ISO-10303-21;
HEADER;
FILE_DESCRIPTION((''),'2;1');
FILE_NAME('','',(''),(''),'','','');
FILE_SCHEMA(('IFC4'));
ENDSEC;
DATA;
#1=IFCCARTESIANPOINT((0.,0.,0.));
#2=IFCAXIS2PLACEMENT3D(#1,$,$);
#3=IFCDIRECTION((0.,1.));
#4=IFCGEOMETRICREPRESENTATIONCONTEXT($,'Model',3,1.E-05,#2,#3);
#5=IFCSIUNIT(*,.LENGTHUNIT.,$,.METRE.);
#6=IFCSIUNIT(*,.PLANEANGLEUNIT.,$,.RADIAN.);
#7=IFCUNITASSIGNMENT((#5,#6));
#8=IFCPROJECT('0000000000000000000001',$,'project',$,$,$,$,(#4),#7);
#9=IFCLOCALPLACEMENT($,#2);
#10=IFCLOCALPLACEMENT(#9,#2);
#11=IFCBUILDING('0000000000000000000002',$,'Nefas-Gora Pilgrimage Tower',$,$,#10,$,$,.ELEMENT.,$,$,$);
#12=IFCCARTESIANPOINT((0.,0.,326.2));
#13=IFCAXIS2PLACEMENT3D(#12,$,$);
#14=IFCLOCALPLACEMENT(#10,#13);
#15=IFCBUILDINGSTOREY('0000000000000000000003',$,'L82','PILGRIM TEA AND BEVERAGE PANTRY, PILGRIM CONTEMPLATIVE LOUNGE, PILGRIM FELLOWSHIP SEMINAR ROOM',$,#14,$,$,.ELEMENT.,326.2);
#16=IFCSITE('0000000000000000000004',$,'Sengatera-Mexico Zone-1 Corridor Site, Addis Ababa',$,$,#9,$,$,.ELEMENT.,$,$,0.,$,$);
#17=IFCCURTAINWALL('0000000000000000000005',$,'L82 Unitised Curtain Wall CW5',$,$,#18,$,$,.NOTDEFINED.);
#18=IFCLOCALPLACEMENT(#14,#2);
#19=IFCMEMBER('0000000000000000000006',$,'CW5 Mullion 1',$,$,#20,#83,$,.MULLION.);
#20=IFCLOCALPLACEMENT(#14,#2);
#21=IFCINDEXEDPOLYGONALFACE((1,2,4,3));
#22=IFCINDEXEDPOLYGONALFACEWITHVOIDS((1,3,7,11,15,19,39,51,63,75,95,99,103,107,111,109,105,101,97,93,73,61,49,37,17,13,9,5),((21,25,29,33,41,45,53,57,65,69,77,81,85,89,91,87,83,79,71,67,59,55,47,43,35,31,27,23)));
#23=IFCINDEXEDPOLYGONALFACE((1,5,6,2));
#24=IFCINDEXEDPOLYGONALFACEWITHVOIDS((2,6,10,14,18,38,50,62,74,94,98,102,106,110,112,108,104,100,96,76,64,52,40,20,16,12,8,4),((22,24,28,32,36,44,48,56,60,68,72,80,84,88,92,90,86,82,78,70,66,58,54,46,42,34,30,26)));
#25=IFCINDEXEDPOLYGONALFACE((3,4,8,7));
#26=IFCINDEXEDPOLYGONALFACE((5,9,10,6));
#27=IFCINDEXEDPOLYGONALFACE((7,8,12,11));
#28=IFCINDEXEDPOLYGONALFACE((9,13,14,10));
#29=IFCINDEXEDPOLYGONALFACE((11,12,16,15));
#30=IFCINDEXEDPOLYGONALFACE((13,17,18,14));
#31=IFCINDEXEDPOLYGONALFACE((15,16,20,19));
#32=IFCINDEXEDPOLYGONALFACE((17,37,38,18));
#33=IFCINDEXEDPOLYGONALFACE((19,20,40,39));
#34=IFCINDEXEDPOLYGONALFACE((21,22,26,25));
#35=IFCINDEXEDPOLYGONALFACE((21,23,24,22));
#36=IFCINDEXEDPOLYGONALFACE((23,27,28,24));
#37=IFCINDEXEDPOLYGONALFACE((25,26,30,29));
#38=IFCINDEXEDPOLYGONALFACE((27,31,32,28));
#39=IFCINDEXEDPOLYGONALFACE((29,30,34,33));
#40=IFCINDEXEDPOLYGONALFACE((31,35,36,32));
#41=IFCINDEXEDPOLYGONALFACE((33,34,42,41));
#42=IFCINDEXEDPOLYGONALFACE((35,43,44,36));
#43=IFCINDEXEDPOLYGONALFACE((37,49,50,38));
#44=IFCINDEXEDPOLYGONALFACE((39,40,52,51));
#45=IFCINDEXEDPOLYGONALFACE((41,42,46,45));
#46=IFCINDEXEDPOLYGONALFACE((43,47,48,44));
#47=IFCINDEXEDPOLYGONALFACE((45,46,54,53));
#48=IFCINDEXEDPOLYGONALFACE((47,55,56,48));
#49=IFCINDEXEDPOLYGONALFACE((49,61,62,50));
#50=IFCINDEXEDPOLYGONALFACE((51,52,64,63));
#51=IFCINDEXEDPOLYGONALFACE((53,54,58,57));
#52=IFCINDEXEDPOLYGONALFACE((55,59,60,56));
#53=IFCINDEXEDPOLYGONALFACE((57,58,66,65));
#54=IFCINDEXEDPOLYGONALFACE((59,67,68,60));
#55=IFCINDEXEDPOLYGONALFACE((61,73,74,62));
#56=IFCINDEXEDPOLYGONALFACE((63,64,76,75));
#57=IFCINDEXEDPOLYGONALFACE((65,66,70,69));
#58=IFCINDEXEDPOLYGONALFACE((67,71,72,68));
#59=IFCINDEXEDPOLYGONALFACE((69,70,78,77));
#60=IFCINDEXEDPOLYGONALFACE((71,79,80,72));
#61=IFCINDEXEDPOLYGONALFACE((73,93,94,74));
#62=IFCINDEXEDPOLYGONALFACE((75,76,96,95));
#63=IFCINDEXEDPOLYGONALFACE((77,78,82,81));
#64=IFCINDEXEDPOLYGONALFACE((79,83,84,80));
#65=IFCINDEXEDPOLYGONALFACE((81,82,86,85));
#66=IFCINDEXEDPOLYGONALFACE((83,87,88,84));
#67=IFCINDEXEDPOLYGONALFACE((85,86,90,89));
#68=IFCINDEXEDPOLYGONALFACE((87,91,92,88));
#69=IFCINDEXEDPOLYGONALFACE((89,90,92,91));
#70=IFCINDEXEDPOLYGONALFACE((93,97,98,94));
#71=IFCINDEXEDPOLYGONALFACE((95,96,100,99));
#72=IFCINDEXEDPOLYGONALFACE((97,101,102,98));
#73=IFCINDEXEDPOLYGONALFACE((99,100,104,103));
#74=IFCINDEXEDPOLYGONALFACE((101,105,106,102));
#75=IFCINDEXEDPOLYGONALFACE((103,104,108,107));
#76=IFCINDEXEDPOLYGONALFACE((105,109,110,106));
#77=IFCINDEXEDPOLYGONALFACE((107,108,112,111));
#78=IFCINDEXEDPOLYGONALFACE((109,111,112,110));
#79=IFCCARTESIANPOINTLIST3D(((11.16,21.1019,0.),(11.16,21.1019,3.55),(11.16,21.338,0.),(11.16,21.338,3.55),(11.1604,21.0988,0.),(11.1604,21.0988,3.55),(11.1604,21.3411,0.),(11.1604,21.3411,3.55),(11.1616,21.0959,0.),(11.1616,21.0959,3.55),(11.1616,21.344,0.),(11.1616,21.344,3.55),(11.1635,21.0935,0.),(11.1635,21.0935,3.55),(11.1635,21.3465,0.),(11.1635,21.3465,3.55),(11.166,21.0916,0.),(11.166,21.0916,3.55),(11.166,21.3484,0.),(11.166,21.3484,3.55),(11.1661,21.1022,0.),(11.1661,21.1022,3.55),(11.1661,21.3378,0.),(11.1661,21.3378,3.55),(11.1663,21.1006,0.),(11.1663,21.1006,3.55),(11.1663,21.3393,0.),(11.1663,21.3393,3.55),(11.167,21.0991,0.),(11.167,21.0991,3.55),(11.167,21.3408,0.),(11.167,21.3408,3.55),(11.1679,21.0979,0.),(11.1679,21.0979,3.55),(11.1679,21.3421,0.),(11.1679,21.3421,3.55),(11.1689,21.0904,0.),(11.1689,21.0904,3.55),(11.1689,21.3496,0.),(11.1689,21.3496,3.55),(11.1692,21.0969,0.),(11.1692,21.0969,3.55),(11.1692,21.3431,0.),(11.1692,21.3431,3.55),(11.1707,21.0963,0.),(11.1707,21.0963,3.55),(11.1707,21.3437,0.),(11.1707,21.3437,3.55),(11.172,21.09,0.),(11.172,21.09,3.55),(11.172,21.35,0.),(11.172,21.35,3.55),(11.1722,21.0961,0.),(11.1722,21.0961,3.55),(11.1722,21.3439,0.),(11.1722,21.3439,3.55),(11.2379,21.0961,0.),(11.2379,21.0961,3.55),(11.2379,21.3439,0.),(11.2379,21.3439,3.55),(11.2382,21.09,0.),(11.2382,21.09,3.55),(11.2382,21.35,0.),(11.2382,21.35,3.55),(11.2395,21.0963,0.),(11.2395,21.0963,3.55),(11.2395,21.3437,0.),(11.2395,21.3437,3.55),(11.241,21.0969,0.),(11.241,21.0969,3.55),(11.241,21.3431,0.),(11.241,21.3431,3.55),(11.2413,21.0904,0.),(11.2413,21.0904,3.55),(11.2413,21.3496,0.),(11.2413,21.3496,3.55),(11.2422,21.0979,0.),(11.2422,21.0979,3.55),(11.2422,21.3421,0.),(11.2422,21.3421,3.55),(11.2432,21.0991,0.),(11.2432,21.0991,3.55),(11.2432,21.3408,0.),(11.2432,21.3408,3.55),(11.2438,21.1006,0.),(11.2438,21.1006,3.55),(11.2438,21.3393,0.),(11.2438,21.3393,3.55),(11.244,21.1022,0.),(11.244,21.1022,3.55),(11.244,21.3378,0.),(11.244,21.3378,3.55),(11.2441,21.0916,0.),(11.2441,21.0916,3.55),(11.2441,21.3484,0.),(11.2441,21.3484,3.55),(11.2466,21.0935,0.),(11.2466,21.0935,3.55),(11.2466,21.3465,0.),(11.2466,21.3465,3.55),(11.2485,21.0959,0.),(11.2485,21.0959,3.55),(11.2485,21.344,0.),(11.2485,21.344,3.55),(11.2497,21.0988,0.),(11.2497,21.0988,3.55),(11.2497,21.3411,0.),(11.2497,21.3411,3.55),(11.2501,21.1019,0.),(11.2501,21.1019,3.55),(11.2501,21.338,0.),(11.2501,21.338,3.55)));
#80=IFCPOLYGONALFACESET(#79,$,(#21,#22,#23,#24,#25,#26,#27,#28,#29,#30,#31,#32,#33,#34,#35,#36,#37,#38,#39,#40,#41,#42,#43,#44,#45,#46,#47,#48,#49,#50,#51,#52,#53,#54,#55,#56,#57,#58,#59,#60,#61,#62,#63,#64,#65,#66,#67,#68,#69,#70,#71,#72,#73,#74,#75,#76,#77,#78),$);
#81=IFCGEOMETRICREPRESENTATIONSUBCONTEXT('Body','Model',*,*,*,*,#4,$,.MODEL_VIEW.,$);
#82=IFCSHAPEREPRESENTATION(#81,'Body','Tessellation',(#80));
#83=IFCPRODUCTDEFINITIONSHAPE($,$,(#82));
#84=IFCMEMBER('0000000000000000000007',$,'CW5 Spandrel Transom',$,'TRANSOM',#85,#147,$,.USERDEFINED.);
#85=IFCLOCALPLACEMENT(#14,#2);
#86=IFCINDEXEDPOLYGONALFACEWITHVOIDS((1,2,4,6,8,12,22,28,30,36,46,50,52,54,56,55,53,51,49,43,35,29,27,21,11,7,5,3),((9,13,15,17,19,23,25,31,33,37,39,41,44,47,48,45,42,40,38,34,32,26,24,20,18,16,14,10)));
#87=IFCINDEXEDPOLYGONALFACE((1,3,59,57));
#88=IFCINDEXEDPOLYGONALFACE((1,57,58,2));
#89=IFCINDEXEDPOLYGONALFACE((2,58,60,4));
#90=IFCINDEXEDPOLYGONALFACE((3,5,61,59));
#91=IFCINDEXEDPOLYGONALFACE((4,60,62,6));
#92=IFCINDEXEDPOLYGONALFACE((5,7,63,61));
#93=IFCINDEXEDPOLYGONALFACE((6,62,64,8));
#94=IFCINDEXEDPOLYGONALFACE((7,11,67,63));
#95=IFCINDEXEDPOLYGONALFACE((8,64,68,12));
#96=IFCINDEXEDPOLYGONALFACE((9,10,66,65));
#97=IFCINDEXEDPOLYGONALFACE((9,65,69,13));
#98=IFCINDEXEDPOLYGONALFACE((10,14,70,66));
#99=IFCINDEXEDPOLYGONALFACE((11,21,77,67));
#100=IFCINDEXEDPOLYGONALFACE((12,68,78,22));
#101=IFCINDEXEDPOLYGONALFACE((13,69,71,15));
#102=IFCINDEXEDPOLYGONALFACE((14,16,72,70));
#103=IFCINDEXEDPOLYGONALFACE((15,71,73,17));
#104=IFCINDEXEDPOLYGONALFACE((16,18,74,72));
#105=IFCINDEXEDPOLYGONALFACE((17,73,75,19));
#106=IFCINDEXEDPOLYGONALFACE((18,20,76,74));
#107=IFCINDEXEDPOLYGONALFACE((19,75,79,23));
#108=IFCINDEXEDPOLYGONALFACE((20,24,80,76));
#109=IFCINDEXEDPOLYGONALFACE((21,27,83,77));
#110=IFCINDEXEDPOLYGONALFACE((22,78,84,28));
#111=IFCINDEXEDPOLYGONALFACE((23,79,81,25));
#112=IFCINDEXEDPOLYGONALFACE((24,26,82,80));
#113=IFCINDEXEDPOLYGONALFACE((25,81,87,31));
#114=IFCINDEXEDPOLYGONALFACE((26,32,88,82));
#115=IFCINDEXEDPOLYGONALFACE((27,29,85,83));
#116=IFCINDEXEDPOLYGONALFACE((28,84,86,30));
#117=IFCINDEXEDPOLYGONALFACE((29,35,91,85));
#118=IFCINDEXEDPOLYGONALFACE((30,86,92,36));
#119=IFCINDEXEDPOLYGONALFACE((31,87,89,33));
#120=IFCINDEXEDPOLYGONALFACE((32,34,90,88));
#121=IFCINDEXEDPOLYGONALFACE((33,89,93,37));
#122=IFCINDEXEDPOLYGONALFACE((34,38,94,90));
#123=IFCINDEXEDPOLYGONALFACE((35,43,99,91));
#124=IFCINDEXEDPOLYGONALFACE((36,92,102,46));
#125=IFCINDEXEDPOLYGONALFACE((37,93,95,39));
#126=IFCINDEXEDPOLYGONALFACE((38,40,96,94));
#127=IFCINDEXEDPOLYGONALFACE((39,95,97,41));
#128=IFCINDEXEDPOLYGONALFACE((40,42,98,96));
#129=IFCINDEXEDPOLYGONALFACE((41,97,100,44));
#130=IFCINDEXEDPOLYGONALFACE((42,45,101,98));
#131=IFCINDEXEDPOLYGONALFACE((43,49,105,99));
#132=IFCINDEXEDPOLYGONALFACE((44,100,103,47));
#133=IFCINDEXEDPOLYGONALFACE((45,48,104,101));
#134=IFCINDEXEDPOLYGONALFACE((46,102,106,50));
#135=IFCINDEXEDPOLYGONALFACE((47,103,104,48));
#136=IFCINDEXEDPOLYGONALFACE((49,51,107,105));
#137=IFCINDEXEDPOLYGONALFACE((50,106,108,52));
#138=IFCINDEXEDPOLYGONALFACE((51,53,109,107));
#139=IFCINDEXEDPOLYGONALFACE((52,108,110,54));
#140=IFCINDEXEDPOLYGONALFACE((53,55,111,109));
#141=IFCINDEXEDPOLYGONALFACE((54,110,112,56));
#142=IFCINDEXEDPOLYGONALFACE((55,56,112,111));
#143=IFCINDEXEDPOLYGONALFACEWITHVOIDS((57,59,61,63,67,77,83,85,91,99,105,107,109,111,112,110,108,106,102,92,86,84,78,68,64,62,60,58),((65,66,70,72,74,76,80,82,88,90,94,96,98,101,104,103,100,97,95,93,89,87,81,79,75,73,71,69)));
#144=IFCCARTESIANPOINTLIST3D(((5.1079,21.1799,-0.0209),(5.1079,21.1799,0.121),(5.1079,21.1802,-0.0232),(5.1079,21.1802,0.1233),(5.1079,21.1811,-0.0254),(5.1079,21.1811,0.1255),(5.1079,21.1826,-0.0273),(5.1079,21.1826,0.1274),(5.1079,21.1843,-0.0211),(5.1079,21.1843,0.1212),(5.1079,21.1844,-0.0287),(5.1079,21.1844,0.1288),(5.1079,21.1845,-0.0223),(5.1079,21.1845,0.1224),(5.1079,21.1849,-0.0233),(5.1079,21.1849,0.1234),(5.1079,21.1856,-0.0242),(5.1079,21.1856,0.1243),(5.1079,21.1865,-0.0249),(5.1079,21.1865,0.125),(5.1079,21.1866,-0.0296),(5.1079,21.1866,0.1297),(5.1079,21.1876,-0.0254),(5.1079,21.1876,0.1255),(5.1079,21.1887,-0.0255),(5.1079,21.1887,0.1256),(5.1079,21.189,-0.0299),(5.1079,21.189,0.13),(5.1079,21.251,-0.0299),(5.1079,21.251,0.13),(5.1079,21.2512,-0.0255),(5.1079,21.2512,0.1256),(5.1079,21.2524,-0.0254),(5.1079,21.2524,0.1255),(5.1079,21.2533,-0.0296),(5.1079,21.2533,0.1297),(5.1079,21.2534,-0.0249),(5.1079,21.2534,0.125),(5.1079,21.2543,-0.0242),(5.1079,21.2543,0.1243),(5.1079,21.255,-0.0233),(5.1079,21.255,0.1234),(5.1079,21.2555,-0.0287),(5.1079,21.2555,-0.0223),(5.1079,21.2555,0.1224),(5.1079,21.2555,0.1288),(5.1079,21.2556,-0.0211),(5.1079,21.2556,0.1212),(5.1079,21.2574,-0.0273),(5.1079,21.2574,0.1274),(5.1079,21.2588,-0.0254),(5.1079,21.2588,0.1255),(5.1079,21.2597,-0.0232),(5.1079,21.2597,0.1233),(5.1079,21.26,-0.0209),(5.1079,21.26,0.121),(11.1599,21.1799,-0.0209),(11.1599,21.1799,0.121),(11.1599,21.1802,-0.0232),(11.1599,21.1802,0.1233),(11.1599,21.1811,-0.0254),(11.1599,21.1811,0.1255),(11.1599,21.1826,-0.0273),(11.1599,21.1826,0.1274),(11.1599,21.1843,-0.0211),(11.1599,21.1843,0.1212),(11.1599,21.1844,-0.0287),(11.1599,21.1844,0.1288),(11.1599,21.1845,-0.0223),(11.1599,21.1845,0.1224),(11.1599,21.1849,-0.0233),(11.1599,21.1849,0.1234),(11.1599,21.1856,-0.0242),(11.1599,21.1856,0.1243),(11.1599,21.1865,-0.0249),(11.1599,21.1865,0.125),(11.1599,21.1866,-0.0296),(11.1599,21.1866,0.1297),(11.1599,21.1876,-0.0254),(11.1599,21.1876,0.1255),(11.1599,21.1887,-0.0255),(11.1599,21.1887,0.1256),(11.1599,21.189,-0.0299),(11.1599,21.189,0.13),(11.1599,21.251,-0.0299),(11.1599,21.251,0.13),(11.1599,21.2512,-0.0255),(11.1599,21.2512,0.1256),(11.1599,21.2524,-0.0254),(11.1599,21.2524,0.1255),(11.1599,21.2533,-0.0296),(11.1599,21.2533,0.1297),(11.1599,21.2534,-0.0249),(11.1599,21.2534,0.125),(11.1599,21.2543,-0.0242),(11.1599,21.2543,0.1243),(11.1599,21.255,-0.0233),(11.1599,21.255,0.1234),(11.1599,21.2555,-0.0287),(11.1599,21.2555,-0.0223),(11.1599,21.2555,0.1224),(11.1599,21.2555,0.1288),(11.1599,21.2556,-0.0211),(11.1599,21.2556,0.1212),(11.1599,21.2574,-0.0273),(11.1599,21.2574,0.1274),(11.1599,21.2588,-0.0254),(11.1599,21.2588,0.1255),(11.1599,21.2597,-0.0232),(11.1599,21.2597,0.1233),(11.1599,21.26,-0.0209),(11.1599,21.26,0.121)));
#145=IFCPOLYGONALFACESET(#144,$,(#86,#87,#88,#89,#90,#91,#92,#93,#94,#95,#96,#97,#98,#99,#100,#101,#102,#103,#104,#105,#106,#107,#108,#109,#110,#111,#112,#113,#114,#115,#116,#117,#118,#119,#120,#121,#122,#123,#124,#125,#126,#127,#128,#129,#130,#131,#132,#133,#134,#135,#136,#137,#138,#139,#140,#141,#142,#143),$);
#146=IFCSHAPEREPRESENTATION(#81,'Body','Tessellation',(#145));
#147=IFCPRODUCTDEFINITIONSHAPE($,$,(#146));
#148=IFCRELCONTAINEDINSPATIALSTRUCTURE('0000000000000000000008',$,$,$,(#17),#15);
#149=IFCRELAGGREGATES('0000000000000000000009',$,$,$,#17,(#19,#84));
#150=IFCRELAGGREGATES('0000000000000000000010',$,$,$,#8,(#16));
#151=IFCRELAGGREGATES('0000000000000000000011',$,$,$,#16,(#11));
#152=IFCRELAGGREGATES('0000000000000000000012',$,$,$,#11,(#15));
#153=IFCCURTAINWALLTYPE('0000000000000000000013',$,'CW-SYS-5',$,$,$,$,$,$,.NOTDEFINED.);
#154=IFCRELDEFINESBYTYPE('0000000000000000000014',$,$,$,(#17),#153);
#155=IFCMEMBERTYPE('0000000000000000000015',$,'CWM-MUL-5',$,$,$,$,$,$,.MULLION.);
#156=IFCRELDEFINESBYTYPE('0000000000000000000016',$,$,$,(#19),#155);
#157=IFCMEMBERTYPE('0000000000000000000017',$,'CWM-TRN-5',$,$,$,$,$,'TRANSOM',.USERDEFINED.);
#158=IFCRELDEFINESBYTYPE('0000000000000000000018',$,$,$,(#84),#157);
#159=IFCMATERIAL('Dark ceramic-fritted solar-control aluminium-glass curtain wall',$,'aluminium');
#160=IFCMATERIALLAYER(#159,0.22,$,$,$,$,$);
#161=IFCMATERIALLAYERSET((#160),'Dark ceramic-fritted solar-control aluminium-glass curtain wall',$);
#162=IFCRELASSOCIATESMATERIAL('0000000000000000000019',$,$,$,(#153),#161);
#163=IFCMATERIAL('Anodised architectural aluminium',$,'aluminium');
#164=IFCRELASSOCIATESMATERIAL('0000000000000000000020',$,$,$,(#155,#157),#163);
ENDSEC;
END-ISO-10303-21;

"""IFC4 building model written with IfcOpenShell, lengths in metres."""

from ifc_helpers import new_model, si_unit, direction, frame, origin, origin_2d, place, context, subcontext, project, spatial, hollow_rectangle, extrude, source, transform, mapped, material, layer, layer_set, material_profile, profile_set, type_object, element, aggregate, save


model = new_model("IFC4")

# Units and contexts
model_context = context("Model", 3, precision=1e-05, world=origin(), true_north=direction((0.0, 1.0)))
body_context = subcontext(model_context, "Body", "Model", "MODEL_VIEW")
ifc_project = project(units=[si_unit("LENGTHUNIT", "METRE"), si_unit("PLANEANGLEUNIT", "RADIAN")], contexts=[model_context])

# Site, building, storey
site_placement = place(None, origin())
site = spatial("IfcSite", under=ifc_project, at=site_placement, Name="Sengatera-Mexico Zone-1 Corridor Site, Addis Ababa", CompositionType="ELEMENT", RefElevation=0.0)
building_placement = place(site_placement, origin())
building = spatial("IfcBuilding", under=site, at=building_placement, Name="Nefas-Gora Pilgrimage Tower", CompositionType="ELEMENT")
storey_placement = place(building_placement, frame((0.0, 0.0, 326.2)))
storey = spatial("IfcBuildingStorey", under=building, at=storey_placement, Name="L82", Description="PILGRIM TEA AND BEVERAGE PANTRY, PILGRIM CONTEMPLATIVE LOUNGE, PILGRIM FELLOWSHIP SEMINAR ROOM", CompositionType="ELEMENT", Elevation=326.2)

# Curtain wall, members
ifc_material_1 = material(Name="Dark ceramic-fritted solar-control aluminium-glass curtain wall", Category="aluminium")
ifc_layer_1 = layer(ifc_material_1, 0.22)
ifc_layer_set_1 = layer_set([ifc_layer_1], Name="Dark ceramic-fritted solar-control aluminium-glass curtain wall")
curtain_wall_type_1 = type_object("IfcCurtainWallType", Name="CW-SYS-5", PredefinedType="NOTDEFINED", material=ifc_layer_set_1)
curtain_wall_1_placement = place(storey_placement, origin())
curtain_wall_1 = element("IfcCurtainWall", 1, at=curtain_wall_1_placement, inside=storey, type_object=curtain_wall_type_1, Name="L82 Unitised Curtain Wall CW5", PredefinedType="NOTDEFINED")
ifc_material_2 = material(Name="Anodised architectural aluminium", Category="aluminium")
ifc_material_profile_1 = material_profile(ifc_material_2, hollow_rectangle(XDim=0.0901, YDim=0.26, WallThickness=0.0061, InnerFilletRadius=0.0061, OuterFilletRadius=0.012, at=origin_2d()), Name="ALU MULLION 90x260")
ifc_profile_set_1 = profile_set([ifc_material_profile_1], Name="Anodised architectural aluminium")
member_type_1 = type_object("IfcMemberType", Name="CWM-MUL-5", PredefinedType="MULLION", material=ifc_profile_set_1)
shared_shape_1 = source(origin(), body_context, "Body", "SweptSolid", [
    extrude(hollow_rectangle(XDim=0.0901, YDim=0.26, WallThickness=0.0061, InnerFilletRadius=0.0061, OuterFilletRadius=0.012, at=origin_2d()), origin(), (0.0, 0.0, 1.0), 3.55),
])
member_1_placement = place(storey_placement, frame((11.2051, 21.22, 0.0), z_axis=(0.0, 0.0, 1.0), x_axis=(-1.0, 0.0, 0.0)))
member_1 = element("IfcMember", 2, at=member_1_placement, type_object=member_type_1, Name="CW5 Mullion 1", PredefinedType="MULLION", context=body_context, shape_type="MappedRepresentation", body=[
    mapped(shared_shape_1, transform((0.0, 0.0, 0.0), x_axis=(1.0, 0.0, 0.0), y_axis=(0.0, 1.0, 0.0), z_axis=(0.0, 0.0, 1.0), scale=1.0)),
])
ifc_material_profile_2 = material_profile(ifc_material_2, hollow_rectangle(XDim=0.0801, YDim=0.1599, WallThickness=0.0044, InnerFilletRadius=0.0044, OuterFilletRadius=0.009, at=origin_2d()), Name="ALU TRANSOM 80x160")
ifc_profile_set_2 = profile_set([ifc_material_profile_2], Name="Anodised architectural aluminium")
member_type_2 = type_object("IfcMemberType", Name="CWM-TRN-5", ElementType="TRANSOM", PredefinedType="USERDEFINED", material=ifc_profile_set_2)
shared_shape_2 = source(origin(), body_context, "Body", "SweptSolid", [
    extrude(hollow_rectangle(XDim=0.0801, YDim=0.1599, WallThickness=0.0044, InnerFilletRadius=0.0044, OuterFilletRadius=0.009, at=origin_2d()), origin(), (0.0, 0.0, 1.0), 6.052),
])
member_2_placement = place(storey_placement, frame((11.1599, 21.22, 0.05), z_axis=(-1.0, 0.0, 0.0), x_axis=(0.0, -1.0, 0.0)))
member_2 = element("IfcMember", 3, at=member_2_placement, type_object=member_type_2, Name="CW5 Spandrel Transom", ObjectType="TRANSOM", PredefinedType="USERDEFINED", context=body_context, shape_type="MappedRepresentation", body=[
    mapped(shared_shape_2, transform((0.0, 0.0, 0.0), x_axis=(1.0, 0.0, 0.0), y_axis=(0.0, 1.0, 0.0), z_axis=(0.0, 0.0, 1.0), scale=1.0)),
])

aggregate(curtain_wall_1, [member_1, member_2])

save(model, "model.ifc")
